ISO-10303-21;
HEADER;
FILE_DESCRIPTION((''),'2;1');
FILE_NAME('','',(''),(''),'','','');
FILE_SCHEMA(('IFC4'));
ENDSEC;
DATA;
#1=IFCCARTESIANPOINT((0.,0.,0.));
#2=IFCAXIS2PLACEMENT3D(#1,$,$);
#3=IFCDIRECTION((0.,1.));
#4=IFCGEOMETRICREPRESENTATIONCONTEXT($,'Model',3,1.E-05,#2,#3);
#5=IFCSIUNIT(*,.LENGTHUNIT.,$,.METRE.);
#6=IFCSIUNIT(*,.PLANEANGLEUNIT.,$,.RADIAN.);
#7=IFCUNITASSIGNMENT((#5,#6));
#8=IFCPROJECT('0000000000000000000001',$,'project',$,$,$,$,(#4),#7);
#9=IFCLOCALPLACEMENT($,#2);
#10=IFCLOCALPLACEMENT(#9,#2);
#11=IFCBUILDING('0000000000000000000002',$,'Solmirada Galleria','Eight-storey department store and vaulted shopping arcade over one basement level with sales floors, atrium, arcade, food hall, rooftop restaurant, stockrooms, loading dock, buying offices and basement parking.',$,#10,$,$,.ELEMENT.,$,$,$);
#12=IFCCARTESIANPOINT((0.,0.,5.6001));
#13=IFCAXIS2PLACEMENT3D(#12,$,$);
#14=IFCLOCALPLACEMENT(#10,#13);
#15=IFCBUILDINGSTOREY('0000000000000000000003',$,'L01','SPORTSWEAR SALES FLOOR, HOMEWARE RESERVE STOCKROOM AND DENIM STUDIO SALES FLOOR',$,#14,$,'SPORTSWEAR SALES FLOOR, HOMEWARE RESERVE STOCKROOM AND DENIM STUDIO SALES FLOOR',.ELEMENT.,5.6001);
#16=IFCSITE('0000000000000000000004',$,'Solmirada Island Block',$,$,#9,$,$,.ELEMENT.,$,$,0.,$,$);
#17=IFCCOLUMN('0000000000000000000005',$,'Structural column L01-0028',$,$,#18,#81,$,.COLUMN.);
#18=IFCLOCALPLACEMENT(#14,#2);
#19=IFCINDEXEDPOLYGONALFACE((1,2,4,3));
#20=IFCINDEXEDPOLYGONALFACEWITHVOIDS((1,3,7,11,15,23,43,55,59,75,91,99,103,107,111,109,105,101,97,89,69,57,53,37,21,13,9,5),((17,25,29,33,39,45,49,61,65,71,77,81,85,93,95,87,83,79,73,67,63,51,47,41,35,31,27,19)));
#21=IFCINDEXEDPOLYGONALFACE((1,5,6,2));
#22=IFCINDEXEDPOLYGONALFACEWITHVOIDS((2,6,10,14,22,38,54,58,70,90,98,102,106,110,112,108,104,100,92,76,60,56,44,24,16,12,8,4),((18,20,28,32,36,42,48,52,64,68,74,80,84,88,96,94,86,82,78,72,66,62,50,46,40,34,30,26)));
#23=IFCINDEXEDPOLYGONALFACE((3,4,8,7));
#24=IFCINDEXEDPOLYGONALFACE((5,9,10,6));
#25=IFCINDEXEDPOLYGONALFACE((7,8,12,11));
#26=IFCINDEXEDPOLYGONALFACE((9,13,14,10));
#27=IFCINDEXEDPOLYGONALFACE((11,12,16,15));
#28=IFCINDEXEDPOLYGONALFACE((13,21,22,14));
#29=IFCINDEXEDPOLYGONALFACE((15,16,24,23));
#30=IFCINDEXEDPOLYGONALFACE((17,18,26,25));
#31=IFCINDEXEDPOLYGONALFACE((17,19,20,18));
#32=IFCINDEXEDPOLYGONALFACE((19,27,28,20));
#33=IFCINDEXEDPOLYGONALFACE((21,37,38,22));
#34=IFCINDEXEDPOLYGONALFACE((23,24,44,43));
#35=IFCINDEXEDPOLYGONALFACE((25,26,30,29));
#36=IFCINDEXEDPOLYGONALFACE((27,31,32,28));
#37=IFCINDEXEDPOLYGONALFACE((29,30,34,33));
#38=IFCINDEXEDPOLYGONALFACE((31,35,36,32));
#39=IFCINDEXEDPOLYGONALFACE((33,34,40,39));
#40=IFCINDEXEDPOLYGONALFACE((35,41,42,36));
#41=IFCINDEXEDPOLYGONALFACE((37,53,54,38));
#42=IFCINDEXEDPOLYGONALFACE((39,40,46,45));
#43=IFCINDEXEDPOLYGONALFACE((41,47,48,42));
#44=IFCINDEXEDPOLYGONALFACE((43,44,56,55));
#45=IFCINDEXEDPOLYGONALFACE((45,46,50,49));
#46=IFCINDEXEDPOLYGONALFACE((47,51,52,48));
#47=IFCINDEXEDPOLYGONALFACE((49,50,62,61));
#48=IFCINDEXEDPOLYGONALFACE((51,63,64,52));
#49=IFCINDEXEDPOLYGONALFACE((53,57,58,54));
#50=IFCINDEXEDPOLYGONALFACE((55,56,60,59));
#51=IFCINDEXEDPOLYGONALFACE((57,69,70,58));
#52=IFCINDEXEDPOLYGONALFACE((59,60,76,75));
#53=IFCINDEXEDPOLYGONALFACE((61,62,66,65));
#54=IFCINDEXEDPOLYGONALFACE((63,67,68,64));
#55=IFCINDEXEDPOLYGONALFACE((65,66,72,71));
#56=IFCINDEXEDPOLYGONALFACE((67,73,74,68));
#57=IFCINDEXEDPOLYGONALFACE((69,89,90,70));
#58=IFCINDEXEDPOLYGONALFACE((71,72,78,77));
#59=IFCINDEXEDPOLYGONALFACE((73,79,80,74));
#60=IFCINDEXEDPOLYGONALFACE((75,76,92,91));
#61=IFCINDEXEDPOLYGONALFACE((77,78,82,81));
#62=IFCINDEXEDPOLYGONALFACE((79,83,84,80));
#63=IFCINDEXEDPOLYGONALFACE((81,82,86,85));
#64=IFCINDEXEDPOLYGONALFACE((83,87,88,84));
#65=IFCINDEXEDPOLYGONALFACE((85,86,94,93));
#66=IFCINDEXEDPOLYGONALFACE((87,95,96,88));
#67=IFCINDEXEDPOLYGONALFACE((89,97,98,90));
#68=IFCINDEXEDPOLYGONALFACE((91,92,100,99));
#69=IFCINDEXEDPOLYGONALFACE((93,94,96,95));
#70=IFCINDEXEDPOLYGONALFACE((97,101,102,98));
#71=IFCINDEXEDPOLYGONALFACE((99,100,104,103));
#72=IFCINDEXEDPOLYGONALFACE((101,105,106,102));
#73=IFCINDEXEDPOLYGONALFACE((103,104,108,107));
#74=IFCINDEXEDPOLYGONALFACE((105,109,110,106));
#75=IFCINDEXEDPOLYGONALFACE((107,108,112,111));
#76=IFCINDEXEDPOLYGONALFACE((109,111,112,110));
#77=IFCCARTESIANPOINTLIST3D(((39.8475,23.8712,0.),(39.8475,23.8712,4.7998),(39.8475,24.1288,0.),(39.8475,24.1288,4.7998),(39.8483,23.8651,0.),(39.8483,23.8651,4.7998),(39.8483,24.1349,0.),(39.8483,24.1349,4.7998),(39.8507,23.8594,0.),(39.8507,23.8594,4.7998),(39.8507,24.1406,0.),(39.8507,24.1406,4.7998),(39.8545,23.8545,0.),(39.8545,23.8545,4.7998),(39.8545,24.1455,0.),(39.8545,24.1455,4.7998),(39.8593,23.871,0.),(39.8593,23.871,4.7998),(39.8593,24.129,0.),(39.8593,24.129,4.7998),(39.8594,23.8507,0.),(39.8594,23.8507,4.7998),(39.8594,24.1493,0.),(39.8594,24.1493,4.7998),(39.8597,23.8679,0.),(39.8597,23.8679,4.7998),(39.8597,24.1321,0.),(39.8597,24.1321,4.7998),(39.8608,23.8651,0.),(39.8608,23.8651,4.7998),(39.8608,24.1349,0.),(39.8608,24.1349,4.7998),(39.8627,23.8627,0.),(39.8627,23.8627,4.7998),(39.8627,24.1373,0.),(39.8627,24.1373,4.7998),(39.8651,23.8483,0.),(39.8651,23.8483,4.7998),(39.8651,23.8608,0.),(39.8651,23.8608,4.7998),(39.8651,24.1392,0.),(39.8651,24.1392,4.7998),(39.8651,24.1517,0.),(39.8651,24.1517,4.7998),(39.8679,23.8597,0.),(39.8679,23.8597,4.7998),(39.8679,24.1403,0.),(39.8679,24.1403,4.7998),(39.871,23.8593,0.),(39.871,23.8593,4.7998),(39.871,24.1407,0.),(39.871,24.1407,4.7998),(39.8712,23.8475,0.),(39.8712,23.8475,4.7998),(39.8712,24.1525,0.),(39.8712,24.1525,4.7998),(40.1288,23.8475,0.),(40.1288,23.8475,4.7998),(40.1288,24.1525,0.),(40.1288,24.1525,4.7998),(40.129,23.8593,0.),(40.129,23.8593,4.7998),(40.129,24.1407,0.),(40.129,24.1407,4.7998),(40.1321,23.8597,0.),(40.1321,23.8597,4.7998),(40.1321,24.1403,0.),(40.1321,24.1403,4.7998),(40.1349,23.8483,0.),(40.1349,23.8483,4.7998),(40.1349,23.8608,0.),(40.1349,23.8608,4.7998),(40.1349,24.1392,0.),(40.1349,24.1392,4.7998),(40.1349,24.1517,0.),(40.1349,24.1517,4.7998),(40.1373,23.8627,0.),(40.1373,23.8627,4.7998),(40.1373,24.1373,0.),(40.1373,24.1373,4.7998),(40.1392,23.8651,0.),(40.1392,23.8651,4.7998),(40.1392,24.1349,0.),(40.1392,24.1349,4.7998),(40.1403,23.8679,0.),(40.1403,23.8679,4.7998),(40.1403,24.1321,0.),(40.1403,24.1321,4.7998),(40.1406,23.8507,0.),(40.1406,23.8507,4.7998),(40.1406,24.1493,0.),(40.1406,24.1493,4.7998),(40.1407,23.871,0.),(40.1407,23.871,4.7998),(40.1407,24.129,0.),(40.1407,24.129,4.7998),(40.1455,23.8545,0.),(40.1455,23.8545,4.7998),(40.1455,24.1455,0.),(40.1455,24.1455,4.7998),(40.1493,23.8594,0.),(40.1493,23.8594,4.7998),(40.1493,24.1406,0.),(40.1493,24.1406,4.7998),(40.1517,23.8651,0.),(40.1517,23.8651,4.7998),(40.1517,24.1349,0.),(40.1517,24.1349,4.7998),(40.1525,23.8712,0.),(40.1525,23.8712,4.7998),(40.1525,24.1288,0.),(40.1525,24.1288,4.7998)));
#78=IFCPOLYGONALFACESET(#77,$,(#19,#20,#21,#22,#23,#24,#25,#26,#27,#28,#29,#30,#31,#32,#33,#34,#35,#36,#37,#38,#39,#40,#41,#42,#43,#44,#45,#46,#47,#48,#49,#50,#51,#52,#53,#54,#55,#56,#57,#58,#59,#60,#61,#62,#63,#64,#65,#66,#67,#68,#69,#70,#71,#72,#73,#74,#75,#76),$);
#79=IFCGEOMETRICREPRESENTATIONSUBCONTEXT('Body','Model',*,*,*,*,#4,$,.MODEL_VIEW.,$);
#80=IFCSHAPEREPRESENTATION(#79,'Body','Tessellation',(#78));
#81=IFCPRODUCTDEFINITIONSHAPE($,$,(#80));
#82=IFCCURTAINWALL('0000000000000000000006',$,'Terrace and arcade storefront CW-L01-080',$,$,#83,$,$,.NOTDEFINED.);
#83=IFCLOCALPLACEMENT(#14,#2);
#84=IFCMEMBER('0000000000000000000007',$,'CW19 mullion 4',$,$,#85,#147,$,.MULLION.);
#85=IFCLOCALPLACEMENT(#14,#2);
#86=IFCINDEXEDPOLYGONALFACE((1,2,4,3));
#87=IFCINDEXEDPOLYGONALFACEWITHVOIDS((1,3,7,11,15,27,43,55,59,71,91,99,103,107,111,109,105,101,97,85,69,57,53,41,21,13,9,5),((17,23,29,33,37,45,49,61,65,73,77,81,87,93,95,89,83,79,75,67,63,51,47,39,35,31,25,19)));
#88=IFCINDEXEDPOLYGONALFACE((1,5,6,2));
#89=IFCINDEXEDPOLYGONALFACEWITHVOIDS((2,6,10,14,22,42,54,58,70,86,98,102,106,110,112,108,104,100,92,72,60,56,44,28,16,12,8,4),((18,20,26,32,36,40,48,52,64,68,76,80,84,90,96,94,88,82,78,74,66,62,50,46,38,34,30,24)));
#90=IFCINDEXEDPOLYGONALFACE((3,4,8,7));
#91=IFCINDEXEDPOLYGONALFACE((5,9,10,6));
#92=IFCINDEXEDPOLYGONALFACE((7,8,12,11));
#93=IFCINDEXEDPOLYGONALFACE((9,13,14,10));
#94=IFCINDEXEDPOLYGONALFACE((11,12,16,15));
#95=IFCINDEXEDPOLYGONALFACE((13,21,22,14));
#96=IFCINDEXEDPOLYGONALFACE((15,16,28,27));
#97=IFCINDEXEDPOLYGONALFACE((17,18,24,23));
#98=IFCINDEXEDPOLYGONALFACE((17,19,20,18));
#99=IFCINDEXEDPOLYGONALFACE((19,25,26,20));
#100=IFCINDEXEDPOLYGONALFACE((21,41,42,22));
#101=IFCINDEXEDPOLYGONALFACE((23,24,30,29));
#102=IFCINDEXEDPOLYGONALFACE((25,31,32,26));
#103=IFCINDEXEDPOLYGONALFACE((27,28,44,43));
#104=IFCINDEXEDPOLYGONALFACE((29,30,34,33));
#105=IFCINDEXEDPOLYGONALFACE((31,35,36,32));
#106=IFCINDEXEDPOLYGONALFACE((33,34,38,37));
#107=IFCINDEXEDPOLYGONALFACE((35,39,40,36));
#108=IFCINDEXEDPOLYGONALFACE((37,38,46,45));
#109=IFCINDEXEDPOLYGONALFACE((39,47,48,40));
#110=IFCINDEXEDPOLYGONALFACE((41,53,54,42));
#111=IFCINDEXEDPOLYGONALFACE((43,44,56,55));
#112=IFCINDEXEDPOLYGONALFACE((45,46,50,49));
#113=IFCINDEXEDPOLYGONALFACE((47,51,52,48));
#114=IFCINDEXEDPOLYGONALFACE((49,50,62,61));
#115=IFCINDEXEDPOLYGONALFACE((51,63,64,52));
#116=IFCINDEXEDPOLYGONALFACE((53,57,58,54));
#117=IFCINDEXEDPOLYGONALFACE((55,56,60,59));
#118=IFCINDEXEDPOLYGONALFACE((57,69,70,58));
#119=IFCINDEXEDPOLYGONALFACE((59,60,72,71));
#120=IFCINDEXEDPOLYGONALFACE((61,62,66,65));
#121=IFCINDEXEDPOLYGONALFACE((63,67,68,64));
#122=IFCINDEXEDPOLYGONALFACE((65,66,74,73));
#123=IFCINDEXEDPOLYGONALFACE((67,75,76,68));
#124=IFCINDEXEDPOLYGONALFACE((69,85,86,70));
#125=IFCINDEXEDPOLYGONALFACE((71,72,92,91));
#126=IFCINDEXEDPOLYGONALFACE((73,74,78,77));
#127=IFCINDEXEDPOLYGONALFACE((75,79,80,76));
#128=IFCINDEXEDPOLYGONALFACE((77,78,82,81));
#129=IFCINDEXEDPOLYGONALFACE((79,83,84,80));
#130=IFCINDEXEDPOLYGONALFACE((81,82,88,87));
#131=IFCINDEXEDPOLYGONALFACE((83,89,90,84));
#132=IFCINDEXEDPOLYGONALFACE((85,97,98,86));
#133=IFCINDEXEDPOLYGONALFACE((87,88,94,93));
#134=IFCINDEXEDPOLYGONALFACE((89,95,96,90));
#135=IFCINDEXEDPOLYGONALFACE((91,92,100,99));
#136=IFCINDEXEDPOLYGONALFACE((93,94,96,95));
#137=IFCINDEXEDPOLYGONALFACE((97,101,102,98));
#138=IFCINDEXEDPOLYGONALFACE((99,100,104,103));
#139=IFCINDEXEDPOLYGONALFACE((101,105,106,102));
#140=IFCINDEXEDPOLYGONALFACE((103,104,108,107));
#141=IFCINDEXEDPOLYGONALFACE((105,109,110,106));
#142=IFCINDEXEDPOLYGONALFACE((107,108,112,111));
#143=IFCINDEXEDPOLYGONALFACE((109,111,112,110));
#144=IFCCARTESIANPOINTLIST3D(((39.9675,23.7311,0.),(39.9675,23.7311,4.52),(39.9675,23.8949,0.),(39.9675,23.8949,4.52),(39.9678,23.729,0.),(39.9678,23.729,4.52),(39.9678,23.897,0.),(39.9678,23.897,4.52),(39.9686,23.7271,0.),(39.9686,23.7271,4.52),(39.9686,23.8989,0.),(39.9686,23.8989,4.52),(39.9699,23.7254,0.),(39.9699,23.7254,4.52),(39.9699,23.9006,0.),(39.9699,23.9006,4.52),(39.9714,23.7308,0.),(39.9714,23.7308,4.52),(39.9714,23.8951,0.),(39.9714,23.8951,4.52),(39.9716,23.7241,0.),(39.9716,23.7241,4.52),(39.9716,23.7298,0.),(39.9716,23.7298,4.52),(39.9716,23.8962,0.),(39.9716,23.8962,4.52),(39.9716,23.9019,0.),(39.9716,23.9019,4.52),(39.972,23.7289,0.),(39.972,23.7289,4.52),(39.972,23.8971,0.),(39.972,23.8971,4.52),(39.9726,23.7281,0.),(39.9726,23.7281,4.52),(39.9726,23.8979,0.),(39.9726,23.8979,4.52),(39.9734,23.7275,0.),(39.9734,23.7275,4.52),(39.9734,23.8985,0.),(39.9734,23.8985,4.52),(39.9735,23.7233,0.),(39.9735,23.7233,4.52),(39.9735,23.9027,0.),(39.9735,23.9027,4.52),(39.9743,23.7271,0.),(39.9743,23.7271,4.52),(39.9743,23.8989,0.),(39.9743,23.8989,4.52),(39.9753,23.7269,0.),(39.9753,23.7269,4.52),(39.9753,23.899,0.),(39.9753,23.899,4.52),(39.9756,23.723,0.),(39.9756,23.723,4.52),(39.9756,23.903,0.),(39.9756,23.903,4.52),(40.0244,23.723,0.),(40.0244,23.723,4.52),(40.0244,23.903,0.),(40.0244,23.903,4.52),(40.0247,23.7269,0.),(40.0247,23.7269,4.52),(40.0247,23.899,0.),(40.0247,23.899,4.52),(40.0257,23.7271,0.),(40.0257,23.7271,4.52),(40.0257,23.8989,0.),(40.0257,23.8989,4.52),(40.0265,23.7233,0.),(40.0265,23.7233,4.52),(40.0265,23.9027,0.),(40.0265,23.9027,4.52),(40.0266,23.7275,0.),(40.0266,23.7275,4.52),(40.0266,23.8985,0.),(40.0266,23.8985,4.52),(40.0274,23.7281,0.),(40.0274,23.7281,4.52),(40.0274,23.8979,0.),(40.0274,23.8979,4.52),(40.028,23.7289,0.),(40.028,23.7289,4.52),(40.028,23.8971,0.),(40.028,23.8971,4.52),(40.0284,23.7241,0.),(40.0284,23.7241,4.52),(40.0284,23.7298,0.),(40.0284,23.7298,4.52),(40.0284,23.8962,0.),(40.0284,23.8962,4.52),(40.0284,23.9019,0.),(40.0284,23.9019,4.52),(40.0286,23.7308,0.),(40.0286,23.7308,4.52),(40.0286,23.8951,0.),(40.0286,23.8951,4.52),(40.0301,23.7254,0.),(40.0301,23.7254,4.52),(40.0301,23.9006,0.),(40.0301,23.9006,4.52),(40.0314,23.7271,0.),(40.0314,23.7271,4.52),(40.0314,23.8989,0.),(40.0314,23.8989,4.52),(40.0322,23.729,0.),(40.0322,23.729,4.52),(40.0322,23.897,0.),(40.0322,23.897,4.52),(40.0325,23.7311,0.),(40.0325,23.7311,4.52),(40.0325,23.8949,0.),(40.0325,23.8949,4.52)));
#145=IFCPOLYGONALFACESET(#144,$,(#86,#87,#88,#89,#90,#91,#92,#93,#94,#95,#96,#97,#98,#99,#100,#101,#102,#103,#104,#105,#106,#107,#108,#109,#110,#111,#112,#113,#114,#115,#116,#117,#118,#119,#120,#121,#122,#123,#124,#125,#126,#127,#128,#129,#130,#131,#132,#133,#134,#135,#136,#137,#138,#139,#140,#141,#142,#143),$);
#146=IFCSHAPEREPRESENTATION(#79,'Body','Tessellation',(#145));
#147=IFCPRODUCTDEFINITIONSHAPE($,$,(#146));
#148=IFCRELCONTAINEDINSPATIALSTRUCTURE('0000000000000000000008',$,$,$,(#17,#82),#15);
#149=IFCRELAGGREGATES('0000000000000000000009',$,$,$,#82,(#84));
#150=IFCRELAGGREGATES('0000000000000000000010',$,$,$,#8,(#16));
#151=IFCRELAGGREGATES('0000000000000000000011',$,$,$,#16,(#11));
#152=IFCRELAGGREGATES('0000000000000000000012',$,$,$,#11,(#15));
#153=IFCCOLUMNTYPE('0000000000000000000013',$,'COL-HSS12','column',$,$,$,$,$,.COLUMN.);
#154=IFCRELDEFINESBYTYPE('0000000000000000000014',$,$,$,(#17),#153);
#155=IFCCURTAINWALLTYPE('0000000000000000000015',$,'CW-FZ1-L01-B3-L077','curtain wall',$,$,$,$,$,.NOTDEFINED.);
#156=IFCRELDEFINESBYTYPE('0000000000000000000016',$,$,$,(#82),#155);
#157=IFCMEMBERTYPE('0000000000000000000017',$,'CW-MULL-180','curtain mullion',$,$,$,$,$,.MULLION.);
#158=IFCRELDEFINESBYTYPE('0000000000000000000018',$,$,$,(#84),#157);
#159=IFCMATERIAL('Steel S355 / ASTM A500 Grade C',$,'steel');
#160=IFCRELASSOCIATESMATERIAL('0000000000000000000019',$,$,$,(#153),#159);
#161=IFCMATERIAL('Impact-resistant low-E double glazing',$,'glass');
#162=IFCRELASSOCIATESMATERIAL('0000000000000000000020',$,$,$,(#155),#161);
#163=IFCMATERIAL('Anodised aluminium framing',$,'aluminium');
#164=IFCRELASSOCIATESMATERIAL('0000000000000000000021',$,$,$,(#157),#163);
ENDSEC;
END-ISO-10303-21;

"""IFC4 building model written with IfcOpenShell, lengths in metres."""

from ifc_helpers import new_model, si_unit, direction, frame, origin, origin_2d, place, context, subcontext, project, spatial, hollow_rectangle, extrude, material, material_profile, profile_set, type_object, element, aggregate, save


model = new_model("IFC4")

# Units and contexts
model_context = context("Model", 3, precision=1e-05, world=origin(), true_north=direction((0.0, 1.0)))
body_context = subcontext(model_context, "Body", "Model", "MODEL_VIEW")
ifc_project = project(units=[si_unit("LENGTHUNIT", "METRE"), si_unit("PLANEANGLEUNIT", "RADIAN")], contexts=[model_context])

# Site, building, storey
site_placement = place(None, origin())
site = spatial("IfcSite", under=ifc_project, at=site_placement, Name="Solmirada Island Block", CompositionType="ELEMENT", RefElevation=0.0)
building_placement = place(site_placement, origin())
building = spatial("IfcBuilding", under=site, at=building_placement, Name="Solmirada Galleria", Description="Eight-storey department store and vaulted shopping arcade over one basement level with sales floors, atrium, arcade, food hall, rooftop restaurant, stockrooms, loading dock, buying offices and basement parking.", CompositionType="ELEMENT")
storey_placement = place(building_placement, frame((0.0, 0.0, 5.6001)))
storey = spatial("IfcBuildingStorey", under=building, at=storey_placement, Name="L01", Description="SPORTSWEAR SALES FLOOR, HOMEWARE RESERVE STOCKROOM AND DENIM STUDIO SALES FLOOR", LongName="SPORTSWEAR SALES FLOOR, HOMEWARE RESERVE STOCKROOM AND DENIM STUDIO SALES FLOOR", CompositionType="ELEMENT", Elevation=5.6001)

# Column
ifc_material_1 = material(Name="Steel S355 / ASTM A500 Grade C", Category="steel")
ifc_material_profile_1 = material_profile(ifc_material_1, hollow_rectangle(XDim=0.3049, YDim=0.3049, WallThickness=0.0117, InnerFilletRadius=0.0117, OuterFilletRadius=0.0237, at=origin_2d()), Name="HSS12X12X1/2")
ifc_profile_set_1 = profile_set([ifc_material_profile_1], Name="Steel S355 / ASTM A500 Grade C")
column_type = type_object("IfcColumnType", Name="COL-HSS12", Description="column", PredefinedType="COLUMN", material=ifc_profile_set_1)
column_placement = place(storey_placement, frame((40.0, 24.0, 0.0), z_axis=(0.0, 0.0, 1.0), x_axis=(1.0, 0.0, 0.0)))
element("IfcColumn", 1, at=column_placement, inside=storey, type_object=column_type, Name="Structural column L01-0028", PredefinedType="COLUMN", context=body_context, shape_type="SweptSolid", body=[
    extrude(hollow_rectangle(XDim=0.3049, YDim=0.3049, WallThickness=0.0117, InnerFilletRadius=0.0117, OuterFilletRadius=0.0237, at=origin_2d()), origin(), (0.0, 0.0, 1.0), 4.7998),
])

# Curtain wall, member
ifc_material_2 = material(Name="Impact-resistant low-E double glazing", Category="glass")
curtain_wall_type_1 = type_object("IfcCurtainWallType", Name="CW-FZ1-L01-B3-L077", Description="curtain wall", PredefinedType="NOTDEFINED", material=ifc_material_2)
curtain_wall_1_placement = place(storey_placement, origin())
curtain_wall_1 = element("IfcCurtainWall", 2, at=curtain_wall_1_placement, inside=storey, type_object=curtain_wall_type_1, Name="Terrace and arcade storefront CW-L01-080", PredefinedType="NOTDEFINED")
ifc_material_3 = material(Name="Anodised aluminium framing", Category="aluminium")
ifc_material_profile_2 = material_profile(ifc_material_3, hollow_rectangle(XDim=0.0649, YDim=0.1799, WallThickness=0.0039, InnerFilletRadius=0.0039, OuterFilletRadius=0.0081, at=origin_2d()), Name="ALU-MULL-180X65")
ifc_profile_set_2 = profile_set([ifc_material_profile_2], Name="Anodised aluminium framing")
member_type_1 = type_object("IfcMemberType", Name="CW-MULL-180", Description="curtain mullion", PredefinedType="MULLION", material=ifc_profile_set_2)
member_1_placement = place(storey_placement, frame((40.0, 23.813, 0.0), z_axis=(0.0, 0.0, 1.0), x_axis=(-1.0, 0.0, 0.0)))
member_1 = element("IfcMember", 3, at=member_1_placement, type_object=member_type_1, Name="CW19 mullion 4", PredefinedType="MULLION", context=body_context, shape_type="SweptSolid", body=[
    extrude(hollow_rectangle(XDim=0.0649, YDim=0.1799, WallThickness=0.0039, InnerFilletRadius=0.0039, OuterFilletRadius=0.0081, at=origin_2d()), origin(), (0.0, 0.0, 1.0), 4.52),
])

aggregate(curtain_wall_1, [member_1])

save(model, "model.ifc")
